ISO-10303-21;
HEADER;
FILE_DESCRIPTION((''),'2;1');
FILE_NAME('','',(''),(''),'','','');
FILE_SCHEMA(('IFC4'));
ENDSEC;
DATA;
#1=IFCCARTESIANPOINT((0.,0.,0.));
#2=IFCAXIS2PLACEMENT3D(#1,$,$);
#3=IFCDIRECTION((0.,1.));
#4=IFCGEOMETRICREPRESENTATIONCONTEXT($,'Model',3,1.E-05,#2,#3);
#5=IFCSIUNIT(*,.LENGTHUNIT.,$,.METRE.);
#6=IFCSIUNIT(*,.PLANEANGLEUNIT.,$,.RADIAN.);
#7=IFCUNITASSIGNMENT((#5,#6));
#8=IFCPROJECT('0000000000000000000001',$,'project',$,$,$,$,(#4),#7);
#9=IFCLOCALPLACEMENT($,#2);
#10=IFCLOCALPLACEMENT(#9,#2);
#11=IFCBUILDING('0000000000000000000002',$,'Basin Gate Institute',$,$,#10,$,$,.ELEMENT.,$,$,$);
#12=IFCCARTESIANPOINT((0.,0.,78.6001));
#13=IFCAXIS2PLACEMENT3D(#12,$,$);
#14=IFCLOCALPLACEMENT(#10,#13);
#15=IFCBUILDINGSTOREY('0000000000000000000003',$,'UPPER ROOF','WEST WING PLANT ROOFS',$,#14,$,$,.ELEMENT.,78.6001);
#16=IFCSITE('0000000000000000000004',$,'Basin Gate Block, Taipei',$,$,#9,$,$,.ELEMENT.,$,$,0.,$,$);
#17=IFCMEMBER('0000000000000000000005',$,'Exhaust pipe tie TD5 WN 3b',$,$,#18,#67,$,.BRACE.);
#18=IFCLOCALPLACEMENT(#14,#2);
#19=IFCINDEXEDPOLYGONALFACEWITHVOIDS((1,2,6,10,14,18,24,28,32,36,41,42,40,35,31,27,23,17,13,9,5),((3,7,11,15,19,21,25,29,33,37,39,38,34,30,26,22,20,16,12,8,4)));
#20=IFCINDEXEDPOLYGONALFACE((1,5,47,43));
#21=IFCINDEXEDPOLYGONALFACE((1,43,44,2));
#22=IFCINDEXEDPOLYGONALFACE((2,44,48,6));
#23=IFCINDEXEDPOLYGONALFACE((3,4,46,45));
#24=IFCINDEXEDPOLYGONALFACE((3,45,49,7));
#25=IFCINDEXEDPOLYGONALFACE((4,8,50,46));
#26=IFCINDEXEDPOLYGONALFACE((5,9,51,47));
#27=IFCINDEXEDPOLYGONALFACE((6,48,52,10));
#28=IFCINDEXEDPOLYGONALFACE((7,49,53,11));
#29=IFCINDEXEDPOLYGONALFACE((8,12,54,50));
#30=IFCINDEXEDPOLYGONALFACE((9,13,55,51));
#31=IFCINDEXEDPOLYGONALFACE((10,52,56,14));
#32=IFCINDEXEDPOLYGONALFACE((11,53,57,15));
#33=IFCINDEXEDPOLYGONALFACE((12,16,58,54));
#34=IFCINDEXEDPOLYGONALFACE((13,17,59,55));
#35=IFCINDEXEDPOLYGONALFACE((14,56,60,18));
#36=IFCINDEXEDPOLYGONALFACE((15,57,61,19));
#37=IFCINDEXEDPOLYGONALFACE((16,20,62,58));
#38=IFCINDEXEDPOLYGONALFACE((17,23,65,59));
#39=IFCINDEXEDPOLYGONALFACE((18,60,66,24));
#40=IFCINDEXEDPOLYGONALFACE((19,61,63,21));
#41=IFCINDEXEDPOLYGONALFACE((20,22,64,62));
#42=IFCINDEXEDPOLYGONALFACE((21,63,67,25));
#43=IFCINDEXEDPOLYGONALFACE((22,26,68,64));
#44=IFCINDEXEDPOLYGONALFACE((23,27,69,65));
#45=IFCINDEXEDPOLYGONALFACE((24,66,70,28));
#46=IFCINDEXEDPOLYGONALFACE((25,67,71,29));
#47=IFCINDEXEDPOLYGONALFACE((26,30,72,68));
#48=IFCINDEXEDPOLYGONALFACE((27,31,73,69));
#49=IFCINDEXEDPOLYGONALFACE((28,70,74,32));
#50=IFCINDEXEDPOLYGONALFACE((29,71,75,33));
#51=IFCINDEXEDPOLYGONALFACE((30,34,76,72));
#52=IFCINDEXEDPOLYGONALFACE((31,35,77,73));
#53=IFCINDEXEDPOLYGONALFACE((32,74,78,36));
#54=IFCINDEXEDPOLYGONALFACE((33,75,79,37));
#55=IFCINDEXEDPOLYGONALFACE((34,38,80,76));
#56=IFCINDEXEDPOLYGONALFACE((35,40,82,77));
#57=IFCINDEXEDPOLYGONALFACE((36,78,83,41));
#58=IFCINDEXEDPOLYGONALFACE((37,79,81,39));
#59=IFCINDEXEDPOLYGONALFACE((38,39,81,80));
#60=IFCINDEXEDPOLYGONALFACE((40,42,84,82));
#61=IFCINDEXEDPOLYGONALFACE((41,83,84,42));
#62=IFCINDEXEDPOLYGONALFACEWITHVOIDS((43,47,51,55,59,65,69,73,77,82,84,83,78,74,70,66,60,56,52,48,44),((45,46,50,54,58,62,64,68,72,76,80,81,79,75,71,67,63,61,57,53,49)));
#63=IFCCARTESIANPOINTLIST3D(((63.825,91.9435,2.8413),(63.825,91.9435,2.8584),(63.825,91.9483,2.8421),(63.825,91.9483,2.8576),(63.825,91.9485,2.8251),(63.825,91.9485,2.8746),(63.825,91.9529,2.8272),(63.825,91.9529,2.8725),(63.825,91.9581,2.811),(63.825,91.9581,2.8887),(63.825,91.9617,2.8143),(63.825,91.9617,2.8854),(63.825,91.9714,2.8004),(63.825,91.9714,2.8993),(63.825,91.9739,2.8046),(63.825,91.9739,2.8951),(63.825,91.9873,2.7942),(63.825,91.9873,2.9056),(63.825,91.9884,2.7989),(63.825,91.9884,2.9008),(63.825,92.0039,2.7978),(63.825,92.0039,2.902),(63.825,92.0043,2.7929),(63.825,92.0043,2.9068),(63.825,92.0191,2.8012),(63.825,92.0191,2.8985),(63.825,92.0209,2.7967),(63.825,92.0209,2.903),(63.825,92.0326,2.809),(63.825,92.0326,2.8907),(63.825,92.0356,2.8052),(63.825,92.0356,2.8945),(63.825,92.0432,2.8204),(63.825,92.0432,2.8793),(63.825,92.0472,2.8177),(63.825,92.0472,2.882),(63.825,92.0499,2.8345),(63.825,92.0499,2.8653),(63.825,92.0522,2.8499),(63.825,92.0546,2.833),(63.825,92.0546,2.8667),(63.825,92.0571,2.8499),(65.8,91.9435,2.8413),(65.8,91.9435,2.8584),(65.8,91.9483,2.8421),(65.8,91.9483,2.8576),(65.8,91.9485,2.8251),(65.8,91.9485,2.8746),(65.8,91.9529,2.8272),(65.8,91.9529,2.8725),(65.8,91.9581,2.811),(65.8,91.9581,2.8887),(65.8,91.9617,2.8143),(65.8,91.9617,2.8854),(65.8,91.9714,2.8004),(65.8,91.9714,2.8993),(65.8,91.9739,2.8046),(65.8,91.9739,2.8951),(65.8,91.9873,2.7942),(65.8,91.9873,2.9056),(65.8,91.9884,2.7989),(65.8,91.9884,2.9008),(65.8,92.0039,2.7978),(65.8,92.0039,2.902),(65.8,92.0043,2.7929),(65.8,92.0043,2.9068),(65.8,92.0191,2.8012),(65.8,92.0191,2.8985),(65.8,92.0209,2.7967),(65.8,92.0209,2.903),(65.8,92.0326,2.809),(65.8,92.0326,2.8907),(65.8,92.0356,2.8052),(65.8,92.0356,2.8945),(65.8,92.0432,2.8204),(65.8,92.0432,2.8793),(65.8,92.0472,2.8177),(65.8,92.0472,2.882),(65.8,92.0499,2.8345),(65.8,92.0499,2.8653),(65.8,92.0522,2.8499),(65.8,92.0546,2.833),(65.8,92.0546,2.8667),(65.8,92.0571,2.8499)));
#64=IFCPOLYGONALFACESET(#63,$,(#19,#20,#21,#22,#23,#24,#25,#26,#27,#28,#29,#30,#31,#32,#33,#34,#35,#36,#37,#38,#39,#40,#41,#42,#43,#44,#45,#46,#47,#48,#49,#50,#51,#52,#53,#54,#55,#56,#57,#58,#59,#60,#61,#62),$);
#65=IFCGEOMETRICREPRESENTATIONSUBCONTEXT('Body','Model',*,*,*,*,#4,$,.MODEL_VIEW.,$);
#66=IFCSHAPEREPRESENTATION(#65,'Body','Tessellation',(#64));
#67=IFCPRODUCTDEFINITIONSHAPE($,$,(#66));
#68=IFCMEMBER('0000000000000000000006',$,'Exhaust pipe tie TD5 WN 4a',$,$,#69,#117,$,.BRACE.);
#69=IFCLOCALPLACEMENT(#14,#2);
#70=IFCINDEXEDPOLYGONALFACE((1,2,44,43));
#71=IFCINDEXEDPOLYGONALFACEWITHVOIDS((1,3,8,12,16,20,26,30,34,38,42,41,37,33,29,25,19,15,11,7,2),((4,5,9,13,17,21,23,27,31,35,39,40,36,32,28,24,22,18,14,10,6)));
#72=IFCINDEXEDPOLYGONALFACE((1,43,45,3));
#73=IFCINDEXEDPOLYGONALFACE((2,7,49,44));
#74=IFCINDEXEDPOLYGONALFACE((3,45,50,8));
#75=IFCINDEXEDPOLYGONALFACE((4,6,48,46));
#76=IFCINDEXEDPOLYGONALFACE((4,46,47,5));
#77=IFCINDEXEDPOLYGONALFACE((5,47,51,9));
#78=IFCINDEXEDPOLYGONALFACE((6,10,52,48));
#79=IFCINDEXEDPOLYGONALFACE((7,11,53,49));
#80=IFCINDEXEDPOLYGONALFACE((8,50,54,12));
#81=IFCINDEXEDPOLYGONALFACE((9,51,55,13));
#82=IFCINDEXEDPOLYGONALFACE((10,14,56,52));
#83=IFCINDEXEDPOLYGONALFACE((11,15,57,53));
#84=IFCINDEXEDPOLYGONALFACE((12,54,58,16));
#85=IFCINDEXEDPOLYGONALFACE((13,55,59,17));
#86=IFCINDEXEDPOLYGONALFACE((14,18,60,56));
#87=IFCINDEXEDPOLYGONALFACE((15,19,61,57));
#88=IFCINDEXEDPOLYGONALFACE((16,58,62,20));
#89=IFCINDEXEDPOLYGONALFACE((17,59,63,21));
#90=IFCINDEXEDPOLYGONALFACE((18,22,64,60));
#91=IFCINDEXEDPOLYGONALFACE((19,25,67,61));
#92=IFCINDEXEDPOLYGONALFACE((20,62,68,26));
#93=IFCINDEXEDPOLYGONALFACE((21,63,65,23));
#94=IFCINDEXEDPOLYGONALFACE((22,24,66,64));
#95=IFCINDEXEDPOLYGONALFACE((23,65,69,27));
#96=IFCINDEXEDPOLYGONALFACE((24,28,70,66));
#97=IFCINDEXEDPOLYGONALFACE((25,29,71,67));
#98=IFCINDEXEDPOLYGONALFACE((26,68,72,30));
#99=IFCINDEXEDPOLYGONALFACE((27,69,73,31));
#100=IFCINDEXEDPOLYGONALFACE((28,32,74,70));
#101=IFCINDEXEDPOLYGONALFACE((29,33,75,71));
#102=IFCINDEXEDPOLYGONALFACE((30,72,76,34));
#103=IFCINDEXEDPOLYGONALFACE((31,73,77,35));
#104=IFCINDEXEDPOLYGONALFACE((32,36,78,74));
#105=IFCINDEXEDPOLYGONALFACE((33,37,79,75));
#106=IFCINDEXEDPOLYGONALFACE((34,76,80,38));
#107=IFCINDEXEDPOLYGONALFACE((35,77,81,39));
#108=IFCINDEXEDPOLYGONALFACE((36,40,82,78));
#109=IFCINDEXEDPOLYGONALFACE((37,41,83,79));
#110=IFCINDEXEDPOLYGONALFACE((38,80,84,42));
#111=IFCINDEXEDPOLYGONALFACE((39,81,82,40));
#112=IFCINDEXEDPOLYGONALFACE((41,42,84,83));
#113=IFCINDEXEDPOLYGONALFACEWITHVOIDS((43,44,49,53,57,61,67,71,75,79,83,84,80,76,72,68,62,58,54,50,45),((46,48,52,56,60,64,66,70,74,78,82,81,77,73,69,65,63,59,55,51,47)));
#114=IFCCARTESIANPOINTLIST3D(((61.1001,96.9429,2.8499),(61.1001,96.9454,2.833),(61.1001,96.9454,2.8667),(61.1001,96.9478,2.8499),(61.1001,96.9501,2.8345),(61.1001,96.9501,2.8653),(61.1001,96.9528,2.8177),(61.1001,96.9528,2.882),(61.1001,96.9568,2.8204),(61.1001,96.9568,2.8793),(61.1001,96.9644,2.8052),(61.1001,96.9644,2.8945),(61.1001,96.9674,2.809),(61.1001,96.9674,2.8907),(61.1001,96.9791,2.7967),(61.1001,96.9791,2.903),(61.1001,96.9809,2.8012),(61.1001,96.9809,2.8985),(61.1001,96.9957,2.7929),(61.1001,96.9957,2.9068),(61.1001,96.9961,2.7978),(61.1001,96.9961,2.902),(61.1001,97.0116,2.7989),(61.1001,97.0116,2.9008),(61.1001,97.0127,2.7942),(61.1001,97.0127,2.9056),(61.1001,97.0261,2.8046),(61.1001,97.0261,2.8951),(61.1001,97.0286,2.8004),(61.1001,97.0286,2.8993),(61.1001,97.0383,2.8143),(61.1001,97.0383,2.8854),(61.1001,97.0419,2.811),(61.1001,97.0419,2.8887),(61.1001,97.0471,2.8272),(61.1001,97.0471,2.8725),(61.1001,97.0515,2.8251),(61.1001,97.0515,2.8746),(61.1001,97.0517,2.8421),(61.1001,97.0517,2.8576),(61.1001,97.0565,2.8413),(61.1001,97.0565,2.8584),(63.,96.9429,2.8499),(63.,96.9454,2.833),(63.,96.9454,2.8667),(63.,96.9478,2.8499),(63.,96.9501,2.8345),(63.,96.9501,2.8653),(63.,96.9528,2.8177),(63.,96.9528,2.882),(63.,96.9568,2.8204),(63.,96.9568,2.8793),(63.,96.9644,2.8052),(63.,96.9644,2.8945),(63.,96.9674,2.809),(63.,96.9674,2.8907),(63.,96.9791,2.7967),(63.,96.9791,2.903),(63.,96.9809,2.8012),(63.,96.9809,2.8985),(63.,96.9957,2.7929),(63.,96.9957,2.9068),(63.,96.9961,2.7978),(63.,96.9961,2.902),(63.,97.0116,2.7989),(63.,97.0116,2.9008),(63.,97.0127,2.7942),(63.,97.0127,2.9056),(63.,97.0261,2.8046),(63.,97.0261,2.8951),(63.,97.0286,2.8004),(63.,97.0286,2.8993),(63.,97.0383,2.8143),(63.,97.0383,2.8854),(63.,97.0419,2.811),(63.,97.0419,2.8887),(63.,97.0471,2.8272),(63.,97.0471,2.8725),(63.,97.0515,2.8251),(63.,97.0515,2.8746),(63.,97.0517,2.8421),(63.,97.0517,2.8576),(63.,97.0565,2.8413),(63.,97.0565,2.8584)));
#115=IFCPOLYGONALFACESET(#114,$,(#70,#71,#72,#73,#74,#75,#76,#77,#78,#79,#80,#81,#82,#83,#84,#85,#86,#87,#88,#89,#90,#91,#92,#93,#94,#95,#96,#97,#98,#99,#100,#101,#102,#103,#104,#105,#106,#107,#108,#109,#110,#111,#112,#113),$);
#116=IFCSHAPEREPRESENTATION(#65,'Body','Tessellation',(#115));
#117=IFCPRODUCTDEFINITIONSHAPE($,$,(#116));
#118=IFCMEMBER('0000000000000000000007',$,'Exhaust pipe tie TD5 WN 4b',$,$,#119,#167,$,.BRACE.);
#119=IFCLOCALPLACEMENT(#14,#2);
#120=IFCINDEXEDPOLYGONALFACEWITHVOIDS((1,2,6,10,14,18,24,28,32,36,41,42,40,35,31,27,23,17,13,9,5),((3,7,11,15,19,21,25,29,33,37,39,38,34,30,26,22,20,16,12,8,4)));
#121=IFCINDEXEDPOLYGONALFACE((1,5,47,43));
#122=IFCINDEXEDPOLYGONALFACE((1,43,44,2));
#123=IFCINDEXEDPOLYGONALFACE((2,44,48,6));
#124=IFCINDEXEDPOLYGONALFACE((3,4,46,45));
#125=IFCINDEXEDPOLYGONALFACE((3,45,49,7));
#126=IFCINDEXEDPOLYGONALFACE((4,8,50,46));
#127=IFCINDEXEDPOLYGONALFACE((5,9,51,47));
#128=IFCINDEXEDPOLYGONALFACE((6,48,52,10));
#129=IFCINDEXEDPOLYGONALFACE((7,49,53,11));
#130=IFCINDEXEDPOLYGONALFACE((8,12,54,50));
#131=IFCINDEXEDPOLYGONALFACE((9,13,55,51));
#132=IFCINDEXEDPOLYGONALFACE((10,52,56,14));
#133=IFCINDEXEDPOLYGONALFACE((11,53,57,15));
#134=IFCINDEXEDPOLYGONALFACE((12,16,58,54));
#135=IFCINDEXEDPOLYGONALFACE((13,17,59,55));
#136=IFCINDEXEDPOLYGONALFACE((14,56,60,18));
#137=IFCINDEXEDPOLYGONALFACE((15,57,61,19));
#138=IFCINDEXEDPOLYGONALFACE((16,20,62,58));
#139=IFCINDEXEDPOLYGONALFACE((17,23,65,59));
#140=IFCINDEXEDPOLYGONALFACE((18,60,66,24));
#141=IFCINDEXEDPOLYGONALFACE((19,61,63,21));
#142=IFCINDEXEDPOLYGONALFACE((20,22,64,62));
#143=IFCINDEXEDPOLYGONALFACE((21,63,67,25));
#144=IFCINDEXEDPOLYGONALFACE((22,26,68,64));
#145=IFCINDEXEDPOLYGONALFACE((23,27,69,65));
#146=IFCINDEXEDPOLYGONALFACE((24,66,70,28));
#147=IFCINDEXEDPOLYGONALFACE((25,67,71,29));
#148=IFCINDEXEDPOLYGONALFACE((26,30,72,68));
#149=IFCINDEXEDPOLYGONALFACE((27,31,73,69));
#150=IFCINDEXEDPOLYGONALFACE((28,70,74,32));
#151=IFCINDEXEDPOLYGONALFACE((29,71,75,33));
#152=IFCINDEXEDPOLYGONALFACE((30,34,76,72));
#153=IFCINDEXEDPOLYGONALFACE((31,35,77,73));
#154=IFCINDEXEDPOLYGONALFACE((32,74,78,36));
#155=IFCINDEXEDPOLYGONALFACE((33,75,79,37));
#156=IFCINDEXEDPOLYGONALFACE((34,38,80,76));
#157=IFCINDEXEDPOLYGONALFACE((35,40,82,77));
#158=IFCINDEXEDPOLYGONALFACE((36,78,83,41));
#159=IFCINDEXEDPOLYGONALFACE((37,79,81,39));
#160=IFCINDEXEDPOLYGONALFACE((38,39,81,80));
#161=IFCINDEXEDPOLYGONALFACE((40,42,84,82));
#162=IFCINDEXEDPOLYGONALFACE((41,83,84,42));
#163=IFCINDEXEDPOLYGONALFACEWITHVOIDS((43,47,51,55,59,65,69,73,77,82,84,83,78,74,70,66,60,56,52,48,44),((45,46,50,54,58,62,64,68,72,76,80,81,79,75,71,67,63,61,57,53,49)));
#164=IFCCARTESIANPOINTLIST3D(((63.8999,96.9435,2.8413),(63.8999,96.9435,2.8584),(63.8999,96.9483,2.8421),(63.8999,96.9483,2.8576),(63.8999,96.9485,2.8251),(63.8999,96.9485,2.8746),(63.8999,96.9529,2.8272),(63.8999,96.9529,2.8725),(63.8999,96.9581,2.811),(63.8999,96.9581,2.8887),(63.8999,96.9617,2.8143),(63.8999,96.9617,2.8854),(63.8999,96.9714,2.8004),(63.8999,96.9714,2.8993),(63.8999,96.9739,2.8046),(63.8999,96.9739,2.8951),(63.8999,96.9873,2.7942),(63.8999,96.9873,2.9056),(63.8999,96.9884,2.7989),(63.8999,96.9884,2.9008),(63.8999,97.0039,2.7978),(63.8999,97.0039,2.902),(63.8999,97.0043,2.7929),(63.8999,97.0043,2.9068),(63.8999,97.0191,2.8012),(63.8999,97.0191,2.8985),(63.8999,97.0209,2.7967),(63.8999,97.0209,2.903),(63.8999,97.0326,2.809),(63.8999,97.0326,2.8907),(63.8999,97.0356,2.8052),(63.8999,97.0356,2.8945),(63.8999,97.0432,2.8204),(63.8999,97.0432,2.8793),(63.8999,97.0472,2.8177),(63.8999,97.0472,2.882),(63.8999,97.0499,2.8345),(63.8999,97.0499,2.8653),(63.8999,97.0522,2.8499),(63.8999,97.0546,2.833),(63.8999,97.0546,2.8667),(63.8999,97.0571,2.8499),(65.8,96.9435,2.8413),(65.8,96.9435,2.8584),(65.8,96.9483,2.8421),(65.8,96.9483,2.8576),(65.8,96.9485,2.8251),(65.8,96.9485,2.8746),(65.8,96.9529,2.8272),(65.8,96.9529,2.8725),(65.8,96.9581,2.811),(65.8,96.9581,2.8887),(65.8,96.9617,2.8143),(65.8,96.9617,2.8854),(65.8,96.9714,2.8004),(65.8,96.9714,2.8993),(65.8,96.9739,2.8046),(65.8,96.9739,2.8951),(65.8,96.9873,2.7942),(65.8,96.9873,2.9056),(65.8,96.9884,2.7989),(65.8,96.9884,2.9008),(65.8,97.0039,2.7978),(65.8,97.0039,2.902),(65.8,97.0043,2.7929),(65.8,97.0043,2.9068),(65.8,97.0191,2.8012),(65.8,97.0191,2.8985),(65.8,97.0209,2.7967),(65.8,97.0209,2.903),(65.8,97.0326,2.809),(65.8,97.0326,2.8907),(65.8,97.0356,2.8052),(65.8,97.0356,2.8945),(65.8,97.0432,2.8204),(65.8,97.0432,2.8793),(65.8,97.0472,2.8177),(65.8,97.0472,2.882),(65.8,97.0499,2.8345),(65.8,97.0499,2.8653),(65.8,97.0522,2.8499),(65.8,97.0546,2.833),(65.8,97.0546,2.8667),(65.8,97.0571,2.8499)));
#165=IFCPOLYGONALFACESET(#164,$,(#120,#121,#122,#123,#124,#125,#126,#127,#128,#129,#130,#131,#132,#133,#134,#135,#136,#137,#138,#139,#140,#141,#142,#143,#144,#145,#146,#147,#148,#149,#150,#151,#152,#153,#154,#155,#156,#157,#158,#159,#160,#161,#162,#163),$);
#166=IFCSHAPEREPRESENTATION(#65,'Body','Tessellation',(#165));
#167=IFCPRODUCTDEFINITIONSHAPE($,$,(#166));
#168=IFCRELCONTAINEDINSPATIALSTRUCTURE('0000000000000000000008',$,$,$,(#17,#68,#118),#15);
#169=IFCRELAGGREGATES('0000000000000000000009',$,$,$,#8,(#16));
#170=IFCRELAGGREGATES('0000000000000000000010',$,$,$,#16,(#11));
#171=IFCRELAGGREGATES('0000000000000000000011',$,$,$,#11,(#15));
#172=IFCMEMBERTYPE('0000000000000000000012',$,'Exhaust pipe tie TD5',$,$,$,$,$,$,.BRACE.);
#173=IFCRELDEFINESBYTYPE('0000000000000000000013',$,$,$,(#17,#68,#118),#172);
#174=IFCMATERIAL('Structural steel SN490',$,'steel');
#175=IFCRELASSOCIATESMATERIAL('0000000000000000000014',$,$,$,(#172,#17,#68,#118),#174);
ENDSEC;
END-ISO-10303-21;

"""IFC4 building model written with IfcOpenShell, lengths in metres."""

from ifc_helpers import new_model, si_unit, direction, frame, origin, origin_2d, place, context, subcontext, project, spatial, hollow_circle, extrude, material, material_profile, profile_set, type_object, element, save


model = new_model("IFC4")

# Units and contexts
model_context = context("Model", 3, precision=1e-05, world=origin(), true_north=direction((0.0, 1.0)))
body_context = subcontext(model_context, "Body", "Model", "MODEL_VIEW")
ifc_project = project(units=[si_unit("LENGTHUNIT", "METRE"), si_unit("PLANEANGLEUNIT", "RADIAN")], contexts=[model_context])

# Site, building, storey
site_placement = place(None, origin())
site = spatial("IfcSite", under=ifc_project, at=site_placement, Name="Basin Gate Block, Taipei", CompositionType="ELEMENT", RefElevation=0.0)
building_placement = place(site_placement, origin())
building = spatial("IfcBuilding", under=site, at=building_placement, Name="Basin Gate Institute", CompositionType="ELEMENT")
storey_placement = place(building_placement, frame((0.0, 0.0, 78.6001)))
storey = spatial("IfcBuildingStorey", under=building, at=storey_placement, Name="UPPER ROOF", Description="WEST WING PLANT ROOFS", CompositionType="ELEMENT", Elevation=78.6001)

# Members
ifc_material_1 = material(Name="Structural steel SN490", Category="steel")
ifc_material_profile_1 = material_profile(ifc_material_1, hollow_circle(Radius=0.0571, WallThickness=0.0049, at=origin_2d()), Name="CHS114x5")
ifc_profile_set_1 = profile_set([ifc_material_profile_1], Name="Structural steel SN490")
member_type_1 = type_object("IfcMemberType", Name="Exhaust pipe tie TD5", PredefinedType="BRACE", material=ifc_profile_set_1)
member_1_placement = place(storey_placement, frame((63.825, 92.0, 2.8499), z_axis=(1.0, 0.0, 0.0), x_axis=(0.0, 1.0, 0.0)))
element("IfcMember", 1, at=member_1_placement, inside=storey, type_object=member_type_1, material=ifc_profile_set_1, Name="Exhaust pipe tie TD5 WN 3b", PredefinedType="BRACE", context=body_context, shape_type="SweptSolid", body=[
    extrude(hollow_circle(Radius=0.0571, WallThickness=0.0049, at=origin_2d()), origin(), (0.0, 0.0, 1.0), 1.9751),
])
member_2_placement = place(storey_placement, frame((63.0, 97.0, 2.8499), z_axis=(-1.0, 0.0, 0.0), x_axis=(0.0, -1.0, 0.0)))
element("IfcMember", 2, at=member_2_placement, inside=storey, type_object=member_type_1, material=ifc_profile_set_1, Name="Exhaust pipe tie TD5 WN 4a", PredefinedType="BRACE", context=body_context, shape_type="SweptSolid", body=[
    extrude(hollow_circle(Radius=0.0571, WallThickness=0.0049, at=origin_2d()), origin(), (0.0, 0.0, 1.0), 1.8999),
])
member_3_placement = place(storey_placement, frame((63.8999, 97.0, 2.8499), z_axis=(1.0, 0.0, 0.0), x_axis=(0.0, 1.0, 0.0)))
element("IfcMember", 3, at=member_3_placement, inside=storey, type_object=member_type_1, material=ifc_profile_set_1, Name="Exhaust pipe tie TD5 WN 4b", PredefinedType="BRACE", context=body_context, shape_type="SweptSolid", body=[
    extrude(hollow_circle(Radius=0.0571, WallThickness=0.0049, at=origin_2d()), origin(), (0.0, 0.0, 1.0), 1.9001),
])

save(model, "model.ifc")
